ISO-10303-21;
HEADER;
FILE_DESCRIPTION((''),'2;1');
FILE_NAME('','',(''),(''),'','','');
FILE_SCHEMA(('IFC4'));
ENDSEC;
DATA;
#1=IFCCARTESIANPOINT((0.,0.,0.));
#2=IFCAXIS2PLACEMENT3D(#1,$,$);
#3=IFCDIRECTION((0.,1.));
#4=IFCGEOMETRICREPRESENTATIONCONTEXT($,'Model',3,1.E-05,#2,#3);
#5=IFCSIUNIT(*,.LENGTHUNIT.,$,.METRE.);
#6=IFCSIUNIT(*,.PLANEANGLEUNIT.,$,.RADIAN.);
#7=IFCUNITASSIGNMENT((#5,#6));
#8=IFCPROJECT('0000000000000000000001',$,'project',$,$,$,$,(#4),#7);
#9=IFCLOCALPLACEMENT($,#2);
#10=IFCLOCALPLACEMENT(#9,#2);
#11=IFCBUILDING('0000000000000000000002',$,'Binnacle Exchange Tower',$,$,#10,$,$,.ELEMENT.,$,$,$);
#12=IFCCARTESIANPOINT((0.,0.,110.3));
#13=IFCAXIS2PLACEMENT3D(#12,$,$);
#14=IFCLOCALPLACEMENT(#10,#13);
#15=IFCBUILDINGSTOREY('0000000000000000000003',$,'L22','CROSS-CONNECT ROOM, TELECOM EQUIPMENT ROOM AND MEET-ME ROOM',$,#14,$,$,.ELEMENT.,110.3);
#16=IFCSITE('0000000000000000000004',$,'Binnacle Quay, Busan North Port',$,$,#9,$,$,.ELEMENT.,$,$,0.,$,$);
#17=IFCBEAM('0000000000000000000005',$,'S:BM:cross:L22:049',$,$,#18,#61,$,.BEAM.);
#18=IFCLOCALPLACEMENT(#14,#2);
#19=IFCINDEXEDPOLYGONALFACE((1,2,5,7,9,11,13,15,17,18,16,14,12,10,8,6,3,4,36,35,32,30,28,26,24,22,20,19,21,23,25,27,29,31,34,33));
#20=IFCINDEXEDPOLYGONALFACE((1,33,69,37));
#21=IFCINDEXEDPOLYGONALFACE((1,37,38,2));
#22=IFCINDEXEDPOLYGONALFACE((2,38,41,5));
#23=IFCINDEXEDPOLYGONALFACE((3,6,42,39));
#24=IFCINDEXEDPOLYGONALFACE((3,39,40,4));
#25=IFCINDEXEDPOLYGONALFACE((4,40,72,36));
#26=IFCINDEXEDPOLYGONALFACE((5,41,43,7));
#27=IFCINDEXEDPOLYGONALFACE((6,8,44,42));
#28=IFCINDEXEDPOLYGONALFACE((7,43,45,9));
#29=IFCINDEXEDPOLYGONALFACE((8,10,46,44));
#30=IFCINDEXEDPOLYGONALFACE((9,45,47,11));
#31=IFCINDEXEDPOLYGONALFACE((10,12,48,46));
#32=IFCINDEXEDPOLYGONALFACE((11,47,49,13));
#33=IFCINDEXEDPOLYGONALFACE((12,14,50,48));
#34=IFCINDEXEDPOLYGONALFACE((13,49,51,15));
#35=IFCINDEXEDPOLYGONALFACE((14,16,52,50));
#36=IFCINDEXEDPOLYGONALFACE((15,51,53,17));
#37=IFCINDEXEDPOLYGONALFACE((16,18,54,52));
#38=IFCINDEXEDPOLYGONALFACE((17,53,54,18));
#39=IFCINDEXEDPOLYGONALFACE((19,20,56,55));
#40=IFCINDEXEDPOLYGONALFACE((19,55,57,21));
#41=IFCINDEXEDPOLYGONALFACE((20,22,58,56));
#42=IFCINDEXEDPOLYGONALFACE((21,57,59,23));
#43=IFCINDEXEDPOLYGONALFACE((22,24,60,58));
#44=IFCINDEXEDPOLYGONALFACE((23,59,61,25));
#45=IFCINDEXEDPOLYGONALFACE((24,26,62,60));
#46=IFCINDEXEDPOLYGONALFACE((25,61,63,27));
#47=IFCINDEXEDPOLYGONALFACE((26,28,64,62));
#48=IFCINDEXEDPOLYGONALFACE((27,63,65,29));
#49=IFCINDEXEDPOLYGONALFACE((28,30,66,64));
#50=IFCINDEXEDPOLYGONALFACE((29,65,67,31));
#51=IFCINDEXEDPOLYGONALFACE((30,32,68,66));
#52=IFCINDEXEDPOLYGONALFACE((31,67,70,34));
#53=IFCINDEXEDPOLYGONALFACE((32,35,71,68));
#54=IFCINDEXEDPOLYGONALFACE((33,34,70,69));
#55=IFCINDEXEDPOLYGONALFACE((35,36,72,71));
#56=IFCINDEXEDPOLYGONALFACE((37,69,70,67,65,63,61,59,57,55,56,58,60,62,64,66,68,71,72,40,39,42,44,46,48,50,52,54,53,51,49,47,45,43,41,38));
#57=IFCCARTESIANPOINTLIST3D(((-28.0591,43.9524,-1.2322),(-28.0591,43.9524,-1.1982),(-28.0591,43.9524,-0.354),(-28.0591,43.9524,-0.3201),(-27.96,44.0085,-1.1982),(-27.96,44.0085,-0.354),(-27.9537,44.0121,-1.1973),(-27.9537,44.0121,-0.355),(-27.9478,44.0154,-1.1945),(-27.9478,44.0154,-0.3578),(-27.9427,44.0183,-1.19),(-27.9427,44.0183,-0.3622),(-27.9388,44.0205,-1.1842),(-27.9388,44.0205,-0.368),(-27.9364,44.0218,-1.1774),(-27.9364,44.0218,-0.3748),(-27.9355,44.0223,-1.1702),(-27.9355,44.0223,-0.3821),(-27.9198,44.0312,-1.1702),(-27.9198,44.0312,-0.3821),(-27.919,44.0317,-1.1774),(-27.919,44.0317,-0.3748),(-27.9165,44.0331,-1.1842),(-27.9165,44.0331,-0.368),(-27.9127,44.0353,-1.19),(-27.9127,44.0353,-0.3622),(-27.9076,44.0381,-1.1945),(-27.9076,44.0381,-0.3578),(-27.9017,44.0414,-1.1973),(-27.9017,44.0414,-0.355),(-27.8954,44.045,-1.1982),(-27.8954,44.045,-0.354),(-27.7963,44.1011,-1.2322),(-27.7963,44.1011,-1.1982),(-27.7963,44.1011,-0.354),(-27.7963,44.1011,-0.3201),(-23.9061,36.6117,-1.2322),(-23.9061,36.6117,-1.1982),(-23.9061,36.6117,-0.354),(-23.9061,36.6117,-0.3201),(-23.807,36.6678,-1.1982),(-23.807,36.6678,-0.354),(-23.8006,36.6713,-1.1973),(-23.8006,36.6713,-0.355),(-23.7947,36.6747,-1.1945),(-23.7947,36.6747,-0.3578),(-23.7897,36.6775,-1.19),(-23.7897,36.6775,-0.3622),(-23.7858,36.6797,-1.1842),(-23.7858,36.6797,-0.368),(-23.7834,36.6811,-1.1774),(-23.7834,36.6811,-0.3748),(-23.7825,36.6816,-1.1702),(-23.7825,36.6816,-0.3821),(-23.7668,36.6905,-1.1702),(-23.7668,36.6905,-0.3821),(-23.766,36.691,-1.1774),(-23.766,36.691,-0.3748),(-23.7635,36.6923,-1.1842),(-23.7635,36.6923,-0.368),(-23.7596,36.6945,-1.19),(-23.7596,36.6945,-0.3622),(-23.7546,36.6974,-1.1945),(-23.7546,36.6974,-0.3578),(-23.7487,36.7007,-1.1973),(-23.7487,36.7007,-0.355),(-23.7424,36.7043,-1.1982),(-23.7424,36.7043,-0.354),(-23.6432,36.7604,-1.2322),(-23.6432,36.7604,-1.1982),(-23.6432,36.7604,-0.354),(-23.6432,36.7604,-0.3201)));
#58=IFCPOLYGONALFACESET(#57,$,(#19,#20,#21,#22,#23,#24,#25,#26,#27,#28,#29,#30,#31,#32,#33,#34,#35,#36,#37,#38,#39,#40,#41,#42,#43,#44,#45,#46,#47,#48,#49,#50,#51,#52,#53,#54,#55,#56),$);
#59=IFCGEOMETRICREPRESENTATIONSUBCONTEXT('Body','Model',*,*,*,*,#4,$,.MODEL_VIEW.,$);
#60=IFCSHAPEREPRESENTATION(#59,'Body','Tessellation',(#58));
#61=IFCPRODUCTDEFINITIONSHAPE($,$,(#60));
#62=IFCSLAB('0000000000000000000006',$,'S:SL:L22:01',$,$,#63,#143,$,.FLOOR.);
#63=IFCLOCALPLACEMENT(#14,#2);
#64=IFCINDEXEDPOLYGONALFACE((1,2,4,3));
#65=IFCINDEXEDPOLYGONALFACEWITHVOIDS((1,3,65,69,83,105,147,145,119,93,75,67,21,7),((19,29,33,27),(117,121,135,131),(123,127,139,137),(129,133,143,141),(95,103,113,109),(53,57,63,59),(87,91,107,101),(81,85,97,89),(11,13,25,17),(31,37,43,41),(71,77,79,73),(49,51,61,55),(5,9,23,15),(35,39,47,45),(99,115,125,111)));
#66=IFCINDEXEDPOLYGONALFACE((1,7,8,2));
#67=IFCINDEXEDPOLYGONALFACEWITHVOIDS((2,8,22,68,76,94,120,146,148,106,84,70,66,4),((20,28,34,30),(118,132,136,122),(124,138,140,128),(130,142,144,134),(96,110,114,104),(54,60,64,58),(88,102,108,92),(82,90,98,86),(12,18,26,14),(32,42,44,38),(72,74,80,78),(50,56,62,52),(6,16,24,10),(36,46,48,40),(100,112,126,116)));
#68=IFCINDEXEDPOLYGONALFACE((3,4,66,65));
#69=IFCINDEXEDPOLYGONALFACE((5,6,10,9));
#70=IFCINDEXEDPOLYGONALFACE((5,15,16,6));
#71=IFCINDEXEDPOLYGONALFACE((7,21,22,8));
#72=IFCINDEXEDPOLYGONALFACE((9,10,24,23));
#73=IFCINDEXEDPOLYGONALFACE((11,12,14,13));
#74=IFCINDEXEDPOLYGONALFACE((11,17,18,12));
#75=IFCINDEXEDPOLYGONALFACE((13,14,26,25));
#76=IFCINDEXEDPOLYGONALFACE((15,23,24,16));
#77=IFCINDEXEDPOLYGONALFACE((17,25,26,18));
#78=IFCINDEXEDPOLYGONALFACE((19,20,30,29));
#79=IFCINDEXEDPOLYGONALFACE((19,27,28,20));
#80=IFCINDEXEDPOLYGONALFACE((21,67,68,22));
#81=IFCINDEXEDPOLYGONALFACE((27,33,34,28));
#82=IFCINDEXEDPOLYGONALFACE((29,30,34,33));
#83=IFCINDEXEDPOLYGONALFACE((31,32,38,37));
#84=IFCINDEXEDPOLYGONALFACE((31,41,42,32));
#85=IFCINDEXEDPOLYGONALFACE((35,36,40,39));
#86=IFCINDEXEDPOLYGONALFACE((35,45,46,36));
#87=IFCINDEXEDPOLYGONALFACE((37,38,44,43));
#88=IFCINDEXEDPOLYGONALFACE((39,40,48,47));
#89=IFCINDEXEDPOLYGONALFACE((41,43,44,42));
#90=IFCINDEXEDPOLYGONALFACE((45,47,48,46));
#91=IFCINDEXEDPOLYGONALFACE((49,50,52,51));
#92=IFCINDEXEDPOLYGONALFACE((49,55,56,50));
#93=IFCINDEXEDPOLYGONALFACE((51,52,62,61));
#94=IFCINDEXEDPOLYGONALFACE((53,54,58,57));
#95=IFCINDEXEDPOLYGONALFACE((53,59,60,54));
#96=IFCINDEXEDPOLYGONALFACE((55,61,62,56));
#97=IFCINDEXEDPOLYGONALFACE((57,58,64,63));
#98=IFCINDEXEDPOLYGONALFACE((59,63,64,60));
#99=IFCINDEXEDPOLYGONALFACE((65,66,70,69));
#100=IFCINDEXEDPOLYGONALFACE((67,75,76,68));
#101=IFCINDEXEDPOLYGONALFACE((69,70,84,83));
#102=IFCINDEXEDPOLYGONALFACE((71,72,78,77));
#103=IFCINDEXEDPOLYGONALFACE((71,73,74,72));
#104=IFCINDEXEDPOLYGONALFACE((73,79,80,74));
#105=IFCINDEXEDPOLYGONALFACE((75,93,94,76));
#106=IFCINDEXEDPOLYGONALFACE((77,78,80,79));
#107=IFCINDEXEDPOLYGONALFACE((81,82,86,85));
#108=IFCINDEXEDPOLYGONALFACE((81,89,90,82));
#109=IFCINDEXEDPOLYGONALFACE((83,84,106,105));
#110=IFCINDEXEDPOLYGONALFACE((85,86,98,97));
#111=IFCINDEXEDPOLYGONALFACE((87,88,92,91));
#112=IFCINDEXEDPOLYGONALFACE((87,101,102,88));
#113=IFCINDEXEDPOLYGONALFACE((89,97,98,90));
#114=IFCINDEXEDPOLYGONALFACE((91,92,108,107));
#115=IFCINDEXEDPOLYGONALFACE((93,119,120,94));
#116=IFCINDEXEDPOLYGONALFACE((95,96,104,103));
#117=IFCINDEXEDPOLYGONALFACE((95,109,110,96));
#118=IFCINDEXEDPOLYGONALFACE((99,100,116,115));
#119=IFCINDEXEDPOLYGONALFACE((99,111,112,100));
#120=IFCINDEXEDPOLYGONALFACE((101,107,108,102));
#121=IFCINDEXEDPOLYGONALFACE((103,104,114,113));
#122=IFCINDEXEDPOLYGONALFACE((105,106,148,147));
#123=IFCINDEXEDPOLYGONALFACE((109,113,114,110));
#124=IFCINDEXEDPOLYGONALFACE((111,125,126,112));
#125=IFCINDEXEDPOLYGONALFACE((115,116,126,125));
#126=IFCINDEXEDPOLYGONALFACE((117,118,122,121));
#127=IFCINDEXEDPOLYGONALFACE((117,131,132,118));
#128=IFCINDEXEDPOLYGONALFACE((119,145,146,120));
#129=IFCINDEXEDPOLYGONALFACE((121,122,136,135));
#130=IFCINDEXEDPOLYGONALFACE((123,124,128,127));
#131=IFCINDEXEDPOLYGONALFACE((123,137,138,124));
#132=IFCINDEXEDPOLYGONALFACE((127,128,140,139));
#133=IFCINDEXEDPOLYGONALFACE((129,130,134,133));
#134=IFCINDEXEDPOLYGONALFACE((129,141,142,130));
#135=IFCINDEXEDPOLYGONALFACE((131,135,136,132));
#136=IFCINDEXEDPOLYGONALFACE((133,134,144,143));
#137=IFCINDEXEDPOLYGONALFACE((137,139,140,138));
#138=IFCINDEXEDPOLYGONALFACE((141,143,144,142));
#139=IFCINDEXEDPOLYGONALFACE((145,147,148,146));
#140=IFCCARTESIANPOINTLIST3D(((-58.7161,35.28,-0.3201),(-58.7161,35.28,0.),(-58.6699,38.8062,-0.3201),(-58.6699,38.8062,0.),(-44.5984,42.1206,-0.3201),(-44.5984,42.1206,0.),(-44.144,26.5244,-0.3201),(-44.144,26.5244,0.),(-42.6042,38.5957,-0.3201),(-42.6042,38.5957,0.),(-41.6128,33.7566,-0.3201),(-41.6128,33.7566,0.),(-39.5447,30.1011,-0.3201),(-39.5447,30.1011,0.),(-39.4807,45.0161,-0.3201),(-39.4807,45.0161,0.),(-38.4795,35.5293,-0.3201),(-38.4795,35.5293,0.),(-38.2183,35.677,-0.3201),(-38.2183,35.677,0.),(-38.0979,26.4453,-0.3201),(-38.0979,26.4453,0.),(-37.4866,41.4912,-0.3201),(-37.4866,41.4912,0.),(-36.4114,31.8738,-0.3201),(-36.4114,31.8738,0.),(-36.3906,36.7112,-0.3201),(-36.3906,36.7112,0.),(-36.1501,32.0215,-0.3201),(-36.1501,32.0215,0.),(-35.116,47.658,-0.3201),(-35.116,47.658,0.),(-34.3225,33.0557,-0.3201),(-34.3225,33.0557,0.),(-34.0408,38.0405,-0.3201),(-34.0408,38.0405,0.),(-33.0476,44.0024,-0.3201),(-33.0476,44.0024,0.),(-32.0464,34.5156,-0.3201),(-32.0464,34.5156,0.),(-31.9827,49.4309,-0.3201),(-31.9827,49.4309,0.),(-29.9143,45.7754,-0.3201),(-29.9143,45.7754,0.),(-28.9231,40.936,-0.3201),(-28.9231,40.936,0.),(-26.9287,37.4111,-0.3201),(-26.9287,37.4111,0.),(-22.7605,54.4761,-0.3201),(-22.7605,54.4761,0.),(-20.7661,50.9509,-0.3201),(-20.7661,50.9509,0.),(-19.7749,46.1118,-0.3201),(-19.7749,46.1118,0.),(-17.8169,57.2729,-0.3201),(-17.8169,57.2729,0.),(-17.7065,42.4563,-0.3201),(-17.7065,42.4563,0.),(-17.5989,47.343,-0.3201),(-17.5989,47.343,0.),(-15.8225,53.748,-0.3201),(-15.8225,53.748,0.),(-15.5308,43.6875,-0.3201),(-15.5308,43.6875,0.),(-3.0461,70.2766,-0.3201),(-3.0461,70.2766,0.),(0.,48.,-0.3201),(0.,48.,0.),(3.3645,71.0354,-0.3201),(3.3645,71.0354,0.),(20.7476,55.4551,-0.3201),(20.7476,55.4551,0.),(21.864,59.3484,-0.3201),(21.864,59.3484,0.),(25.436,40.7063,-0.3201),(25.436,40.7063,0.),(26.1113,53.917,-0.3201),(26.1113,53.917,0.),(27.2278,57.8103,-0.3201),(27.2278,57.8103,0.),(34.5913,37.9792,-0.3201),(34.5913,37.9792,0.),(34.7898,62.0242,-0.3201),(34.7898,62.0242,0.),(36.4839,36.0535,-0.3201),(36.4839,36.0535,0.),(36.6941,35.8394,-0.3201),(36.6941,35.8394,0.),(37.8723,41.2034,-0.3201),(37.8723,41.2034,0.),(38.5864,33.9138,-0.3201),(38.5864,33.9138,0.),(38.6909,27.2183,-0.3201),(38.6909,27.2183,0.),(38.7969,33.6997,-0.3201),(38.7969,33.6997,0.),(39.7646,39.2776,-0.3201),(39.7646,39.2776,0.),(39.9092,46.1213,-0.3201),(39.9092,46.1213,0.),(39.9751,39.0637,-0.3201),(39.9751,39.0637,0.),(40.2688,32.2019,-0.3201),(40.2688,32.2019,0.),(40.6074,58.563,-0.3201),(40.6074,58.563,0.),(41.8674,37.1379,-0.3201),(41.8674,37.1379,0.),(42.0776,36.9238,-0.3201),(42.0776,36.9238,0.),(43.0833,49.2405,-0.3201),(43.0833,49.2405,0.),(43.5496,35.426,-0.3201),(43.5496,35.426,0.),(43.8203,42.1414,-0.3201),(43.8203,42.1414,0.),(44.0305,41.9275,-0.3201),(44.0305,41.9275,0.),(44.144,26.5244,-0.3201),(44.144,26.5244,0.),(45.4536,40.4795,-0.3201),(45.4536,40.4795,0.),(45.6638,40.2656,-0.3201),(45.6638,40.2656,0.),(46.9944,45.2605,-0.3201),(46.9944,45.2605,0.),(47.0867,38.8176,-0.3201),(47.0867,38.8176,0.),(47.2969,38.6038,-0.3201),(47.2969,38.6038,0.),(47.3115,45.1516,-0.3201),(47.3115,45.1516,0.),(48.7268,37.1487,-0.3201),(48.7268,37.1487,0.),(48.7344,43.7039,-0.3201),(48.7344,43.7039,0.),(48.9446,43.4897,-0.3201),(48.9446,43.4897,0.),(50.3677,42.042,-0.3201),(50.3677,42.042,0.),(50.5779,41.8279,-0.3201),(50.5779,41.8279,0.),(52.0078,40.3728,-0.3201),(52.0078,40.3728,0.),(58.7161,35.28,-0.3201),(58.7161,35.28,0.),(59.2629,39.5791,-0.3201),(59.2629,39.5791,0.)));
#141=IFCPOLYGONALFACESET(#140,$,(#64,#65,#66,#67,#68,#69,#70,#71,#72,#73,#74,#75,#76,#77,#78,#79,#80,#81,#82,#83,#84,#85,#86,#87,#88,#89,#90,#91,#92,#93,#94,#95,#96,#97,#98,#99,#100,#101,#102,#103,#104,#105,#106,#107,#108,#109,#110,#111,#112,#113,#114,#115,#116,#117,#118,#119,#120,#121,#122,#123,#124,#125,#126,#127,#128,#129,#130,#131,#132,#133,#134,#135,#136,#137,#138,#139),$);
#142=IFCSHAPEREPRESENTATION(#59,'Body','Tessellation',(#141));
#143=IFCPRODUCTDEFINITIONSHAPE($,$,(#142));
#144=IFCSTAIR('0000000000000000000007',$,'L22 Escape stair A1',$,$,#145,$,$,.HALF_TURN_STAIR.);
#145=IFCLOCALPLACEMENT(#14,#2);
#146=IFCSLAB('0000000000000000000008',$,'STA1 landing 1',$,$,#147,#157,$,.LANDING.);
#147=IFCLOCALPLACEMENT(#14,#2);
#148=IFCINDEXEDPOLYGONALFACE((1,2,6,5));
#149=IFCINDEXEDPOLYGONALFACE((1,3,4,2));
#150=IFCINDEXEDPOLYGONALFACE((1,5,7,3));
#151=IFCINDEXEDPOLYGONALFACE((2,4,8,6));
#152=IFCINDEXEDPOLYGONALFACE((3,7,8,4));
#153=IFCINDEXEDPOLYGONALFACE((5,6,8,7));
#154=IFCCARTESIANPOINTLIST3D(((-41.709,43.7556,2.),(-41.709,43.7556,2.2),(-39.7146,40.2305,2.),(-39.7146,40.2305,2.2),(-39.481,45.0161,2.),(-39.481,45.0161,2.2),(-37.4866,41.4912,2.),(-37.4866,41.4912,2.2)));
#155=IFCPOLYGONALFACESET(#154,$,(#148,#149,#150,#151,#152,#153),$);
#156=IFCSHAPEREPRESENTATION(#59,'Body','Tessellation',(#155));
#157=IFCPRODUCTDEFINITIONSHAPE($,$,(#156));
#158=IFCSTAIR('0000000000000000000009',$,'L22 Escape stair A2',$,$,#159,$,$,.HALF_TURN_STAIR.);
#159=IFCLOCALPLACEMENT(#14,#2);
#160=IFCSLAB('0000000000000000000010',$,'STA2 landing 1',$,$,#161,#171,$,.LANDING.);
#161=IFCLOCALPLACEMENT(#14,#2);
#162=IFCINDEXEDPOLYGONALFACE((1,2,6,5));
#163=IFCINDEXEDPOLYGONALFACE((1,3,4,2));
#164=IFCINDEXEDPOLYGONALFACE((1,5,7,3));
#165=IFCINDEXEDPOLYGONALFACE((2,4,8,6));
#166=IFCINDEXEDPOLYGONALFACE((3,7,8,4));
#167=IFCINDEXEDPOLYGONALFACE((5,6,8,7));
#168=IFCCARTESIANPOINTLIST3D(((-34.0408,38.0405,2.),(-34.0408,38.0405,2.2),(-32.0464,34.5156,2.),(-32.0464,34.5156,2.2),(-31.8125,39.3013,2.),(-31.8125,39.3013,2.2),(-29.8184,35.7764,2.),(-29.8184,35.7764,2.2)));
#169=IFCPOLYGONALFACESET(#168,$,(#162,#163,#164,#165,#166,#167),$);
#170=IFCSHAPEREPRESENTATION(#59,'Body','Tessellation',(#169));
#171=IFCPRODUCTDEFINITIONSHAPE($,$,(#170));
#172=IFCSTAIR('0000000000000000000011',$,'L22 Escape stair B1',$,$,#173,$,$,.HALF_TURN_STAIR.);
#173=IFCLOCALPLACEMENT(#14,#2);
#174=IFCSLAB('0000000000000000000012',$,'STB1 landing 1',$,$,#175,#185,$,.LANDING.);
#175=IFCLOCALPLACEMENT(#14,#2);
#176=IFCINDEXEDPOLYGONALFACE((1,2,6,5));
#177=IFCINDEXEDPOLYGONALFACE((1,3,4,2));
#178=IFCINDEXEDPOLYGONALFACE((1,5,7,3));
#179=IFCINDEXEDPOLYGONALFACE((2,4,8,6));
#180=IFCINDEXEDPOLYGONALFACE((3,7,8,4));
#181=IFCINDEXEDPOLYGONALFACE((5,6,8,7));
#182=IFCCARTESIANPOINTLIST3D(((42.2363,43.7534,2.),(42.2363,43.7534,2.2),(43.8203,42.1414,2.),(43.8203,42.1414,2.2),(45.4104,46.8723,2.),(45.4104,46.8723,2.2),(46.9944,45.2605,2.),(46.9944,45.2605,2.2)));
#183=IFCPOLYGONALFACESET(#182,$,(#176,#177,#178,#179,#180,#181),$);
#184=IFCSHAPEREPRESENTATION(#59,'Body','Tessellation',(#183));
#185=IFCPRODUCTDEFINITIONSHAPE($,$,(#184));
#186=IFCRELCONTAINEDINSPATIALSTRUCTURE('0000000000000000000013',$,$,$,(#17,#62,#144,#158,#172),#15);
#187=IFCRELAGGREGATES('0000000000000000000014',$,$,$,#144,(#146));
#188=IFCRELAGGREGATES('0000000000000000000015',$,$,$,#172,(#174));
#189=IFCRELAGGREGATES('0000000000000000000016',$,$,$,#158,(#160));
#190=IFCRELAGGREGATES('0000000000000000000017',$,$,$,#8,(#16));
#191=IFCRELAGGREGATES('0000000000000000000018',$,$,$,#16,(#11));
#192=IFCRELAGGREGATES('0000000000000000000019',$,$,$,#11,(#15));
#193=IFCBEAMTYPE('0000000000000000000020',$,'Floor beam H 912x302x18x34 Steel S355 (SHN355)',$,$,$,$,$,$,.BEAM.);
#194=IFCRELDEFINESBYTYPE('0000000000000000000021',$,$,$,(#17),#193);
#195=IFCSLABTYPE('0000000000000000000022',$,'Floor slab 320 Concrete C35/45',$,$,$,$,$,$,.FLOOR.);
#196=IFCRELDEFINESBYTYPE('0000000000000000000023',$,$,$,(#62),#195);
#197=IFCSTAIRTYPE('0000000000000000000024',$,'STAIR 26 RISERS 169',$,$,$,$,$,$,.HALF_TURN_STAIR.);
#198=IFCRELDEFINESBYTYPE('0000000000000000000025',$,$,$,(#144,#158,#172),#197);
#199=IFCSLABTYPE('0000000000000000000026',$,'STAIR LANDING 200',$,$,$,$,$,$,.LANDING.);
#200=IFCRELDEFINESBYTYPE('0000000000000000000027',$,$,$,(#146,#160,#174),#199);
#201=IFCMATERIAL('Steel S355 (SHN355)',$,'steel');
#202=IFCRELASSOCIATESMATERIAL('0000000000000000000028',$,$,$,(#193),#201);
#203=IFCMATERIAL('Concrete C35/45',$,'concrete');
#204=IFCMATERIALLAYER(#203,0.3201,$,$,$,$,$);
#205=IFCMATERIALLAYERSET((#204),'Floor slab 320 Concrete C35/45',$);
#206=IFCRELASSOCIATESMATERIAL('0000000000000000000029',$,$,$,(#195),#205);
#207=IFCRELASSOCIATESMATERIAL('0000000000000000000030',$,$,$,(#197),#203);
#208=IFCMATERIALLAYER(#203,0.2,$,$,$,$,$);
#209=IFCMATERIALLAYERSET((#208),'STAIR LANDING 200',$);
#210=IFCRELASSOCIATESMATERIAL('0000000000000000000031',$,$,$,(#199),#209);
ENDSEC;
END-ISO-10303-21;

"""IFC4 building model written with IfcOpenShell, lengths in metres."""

from ifc_helpers import new_model, si_unit, direction, frame, origin, origin_2d, place, context, subcontext, project, spatial, polyline, i_section, outline, extrude, material, layer, layer_set, material_profile, profile_set, type_object, element, aggregate, save


model = new_model("IFC4")

# Units and contexts
model_context = context("Model", 3, precision=1e-05, world=origin(), true_north=direction((0.0, 1.0)))
body_context = subcontext(model_context, "Body", "Model", "MODEL_VIEW")
ifc_project = project(units=[si_unit("LENGTHUNIT", "METRE"), si_unit("PLANEANGLEUNIT", "RADIAN")], contexts=[model_context])

# Site, building, storey
site_placement = place(None, origin())
site = spatial("IfcSite", under=ifc_project, at=site_placement, Name="Binnacle Quay, Busan North Port", CompositionType="ELEMENT", RefElevation=0.0)
building_placement = place(site_placement, origin())
building = spatial("IfcBuilding", under=site, at=building_placement, Name="Binnacle Exchange Tower", CompositionType="ELEMENT")
storey_placement = place(building_placement, frame((0.0, 0.0, 110.3)))
storey = spatial("IfcBuildingStorey", under=building, at=storey_placement, Name="L22", Description="CROSS-CONNECT ROOM, TELECOM EQUIPMENT ROOM AND MEET-ME ROOM", CompositionType="ELEMENT", Elevation=110.3)

# Beam
ifc_material_1 = material(Name="Steel S355 (SHN355)", Category="steel")
ifc_material_profile_1 = material_profile(ifc_material_1, i_section(OverallWidth=0.302, OverallDepth=0.9121, WebThickness=0.0181, FlangeThickness=0.0339, FilletRadius=0.0281, at=origin_2d()), Name="H 912x302x18x34")
ifc_profile_set_1 = profile_set([ifc_material_profile_1], Name="Steel S355 (SHN355)")
beam_type_1 = type_object("IfcBeamType", Name="Floor beam H 912x302x18x34 Steel S355 (SHN355)", PredefinedType="BEAM", material=ifc_profile_set_1)
beam_1_placement = place(storey_placement, frame((-23.7747, 36.686, -0.7761), z_axis=(-0.492409, 0.870364, 0.0), x_axis=(-0.870364, -0.492409, 0.0)))
element("IfcBeam", 1, at=beam_1_placement, inside=storey, type_object=beam_type_1, Name="S:BM:cross:L22:049", PredefinedType="BEAM", context=body_context, shape_type="SweptSolid", body=[
    extrude(i_section(OverallWidth=0.302, OverallDepth=0.9121, WebThickness=0.0181, FlangeThickness=0.0339, FilletRadius=0.0281, at=origin_2d()), origin(), (0.0, 0.0, 1.0), 8.4341),
])

# Slab
ifc_material_2 = material(Name="Concrete C35/45", Category="concrete")
ifc_layer_1 = layer(ifc_material_2, 0.3201)
ifc_layer_set_1 = layer_set([ifc_layer_1], Name="Floor slab 320 Concrete C35/45")
slab_type_1 = type_object("IfcSlabType", Name="Floor slab 320 Concrete C35/45", PredefinedType="FLOOR", material=ifc_layer_set_1)
slab_1_placement = place(storey_placement, frame((0.0, 0.0, -0.3201)))
element("IfcSlab", 2, at=slab_1_placement, inside=storey, type_object=slab_type_1, Name="S:SL:L22:01", PredefinedType="FLOOR", context=body_context, shape_type="SweptSolid", body=[
    extrude(outline(polyline([(59.2629, 39.5791), (58.7161, 35.28), (44.144, 26.5244), (38.6909, 27.2183), (25.436, 40.7063), (0.0, 48.0), (-38.0979, 26.4453), (-44.144, 26.5244), (-58.7161, 35.28), (-58.6699, 38.8062), (-3.0461, 70.2766), (3.3645, 71.0354), (34.7898, 62.0242), (40.6074, 58.563), (59.2629, 39.5791)]), holes=[polyline([(-38.4795, 35.5293), (-41.6128, 33.7566), (-39.5447, 30.1011), (-36.4114, 31.8738), (-38.4795, 35.5293)]), polyline([(-34.3225, 33.0557), (-36.3906, 36.7112), (-38.2183, 35.677), (-36.1501, 32.0215), (-34.3225, 33.0557)]), polyline([(-34.0408, 38.0405), (-32.0464, 34.5156), (-26.9287, 37.4111), (-28.9231, 40.936), (-34.0408, 38.0405)]), polyline([(-37.4866, 41.4912), (-39.4807, 45.0161), (-44.5984, 42.1206), (-42.6042, 38.5957), (-37.4866, 41.4912)]), polyline([(-15.5308, 43.6875), (-17.5989, 47.343), (-19.7749, 46.1118), (-17.7065, 42.4563), (-15.5308, 43.6875)]), polyline([(-29.9143, 45.7754), (-31.9827, 49.4309), (-35.116, 47.658), (-33.0476, 44.0024), (-29.9143, 45.7754)]), polyline([(-15.8225, 53.748), (-17.8169, 57.2729), (-22.7605, 54.4761), (-20.7661, 50.9509), (-15.8225, 53.748)]), polyline([(26.1113, 53.917), (27.2278, 57.8103), (21.864, 59.3484), (20.7476, 55.4551), (26.1113, 53.917)]), polyline([(40.2688, 32.2019), (43.5496, 35.426), (42.0776, 36.9238), (38.7969, 33.6997), (40.2688, 32.2019)]), polyline([(38.5864, 33.9138), (41.8674, 37.1379), (39.9751, 39.0637), (36.6941, 35.8394), (38.5864, 33.9138)]), polyline([(36.4839, 36.0535), (39.7646, 39.2776), (37.8723, 41.2034), (34.5913, 37.9792), (36.4839, 36.0535)]), polyline([(48.7268, 37.1487), (52.0078, 40.3728), (50.5779, 41.8279), (47.2969, 38.6038), (48.7268, 37.1487)]), polyline([(47.0867, 38.8176), (50.3677, 42.042), (48.9446, 43.4897), (45.6638, 40.2656), (47.0867, 38.8176)]), polyline([(45.4536, 40.4795), (48.7344, 43.7039), (47.3115, 45.1516), (44.0305, 41.9275), (45.4536, 40.4795)]), polyline([(43.8203, 42.1414), (46.9944, 45.2605), (43.0833, 49.2405), (39.9092, 46.1213), (43.8203, 42.1414)])]), origin(), (0.0, 0.0, 1.0), 0.3201),
])

# Stairs, slabs
stair_type = type_object("IfcStairType", Name="STAIR 26 RISERS 169", PredefinedType="HALF_TURN_STAIR", material=ifc_material_2)
stair_1_placement = place(storey_placement, origin())
stair_1 = element("IfcStair", 3, at=stair_1_placement, inside=storey, type_object=stair_type, Name="L22 Escape stair A1", PredefinedType="HALF_TURN_STAIR")
ifc_layer_2 = layer(ifc_material_2, 0.2)
ifc_layer_set_2 = layer_set([ifc_layer_2], Name="STAIR LANDING 200")
slab_type_2 = type_object("IfcSlabType", Name="STAIR LANDING 200", PredefinedType="LANDING", material=ifc_layer_set_2)
slab_2_placement = place(storey_placement, frame((0.0, 0.0, 2.0)))
slab_2 = element("IfcSlab", 4, at=slab_2_placement, type_object=slab_type_2, Name="STA1 landing 1", PredefinedType="LANDING", context=body_context, shape_type="SweptSolid", body=[
    extrude(outline(polyline([(-39.7146, 40.2305), (-37.4866, 41.4912), (-39.481, 45.0161), (-41.709, 43.7556), (-39.7146, 40.2305)])), origin(), (0.0, 0.0, 1.0), 0.2),
])
aggregate(stair_1, [slab_2])
stair_2_placement = place(storey_placement, origin())
stair_2 = element("IfcStair", 5, at=stair_2_placement, inside=storey, type_object=stair_type, Name="L22 Escape stair A2", PredefinedType="HALF_TURN_STAIR")
slab_3_placement = place(storey_placement, frame((0.0, 0.0, 2.0)))
slab_3 = element("IfcSlab", 6, at=slab_3_placement, type_object=slab_type_2, Name="STA2 landing 1", PredefinedType="LANDING", context=body_context, shape_type="SweptSolid", body=[
    extrude(outline(polyline([(-31.8125, 39.3013), (-34.0408, 38.0405), (-32.0464, 34.5156), (-29.8184, 35.7764), (-31.8125, 39.3013)])), origin(), (0.0, 0.0, 1.0), 0.2),
])
stair_3_placement = place(storey_placement, origin())
stair_3 = element("IfcStair", 7, at=stair_3_placement, inside=storey, type_object=stair_type, Name="L22 Escape stair B1", PredefinedType="HALF_TURN_STAIR")
slab_4_placement = place(storey_placement, frame((0.0, 0.0, 2.0)))
slab_4 = element("IfcSlab", 8, at=slab_4_placement, type_object=slab_type_2, Name="STB1 landing 1", PredefinedType="LANDING", context=body_context, shape_type="SweptSolid", body=[
    extrude(outline(polyline([(42.2363, 43.7534), (43.8203, 42.1414), (46.9944, 45.2605), (45.4104, 46.8723), (42.2363, 43.7534)])), origin(), (0.0, 0.0, 1.0), 0.2),
])
aggregate(stair_3, [slab_4])

aggregate(stair_2, [slab_3])

save(model, "model.ifc")
